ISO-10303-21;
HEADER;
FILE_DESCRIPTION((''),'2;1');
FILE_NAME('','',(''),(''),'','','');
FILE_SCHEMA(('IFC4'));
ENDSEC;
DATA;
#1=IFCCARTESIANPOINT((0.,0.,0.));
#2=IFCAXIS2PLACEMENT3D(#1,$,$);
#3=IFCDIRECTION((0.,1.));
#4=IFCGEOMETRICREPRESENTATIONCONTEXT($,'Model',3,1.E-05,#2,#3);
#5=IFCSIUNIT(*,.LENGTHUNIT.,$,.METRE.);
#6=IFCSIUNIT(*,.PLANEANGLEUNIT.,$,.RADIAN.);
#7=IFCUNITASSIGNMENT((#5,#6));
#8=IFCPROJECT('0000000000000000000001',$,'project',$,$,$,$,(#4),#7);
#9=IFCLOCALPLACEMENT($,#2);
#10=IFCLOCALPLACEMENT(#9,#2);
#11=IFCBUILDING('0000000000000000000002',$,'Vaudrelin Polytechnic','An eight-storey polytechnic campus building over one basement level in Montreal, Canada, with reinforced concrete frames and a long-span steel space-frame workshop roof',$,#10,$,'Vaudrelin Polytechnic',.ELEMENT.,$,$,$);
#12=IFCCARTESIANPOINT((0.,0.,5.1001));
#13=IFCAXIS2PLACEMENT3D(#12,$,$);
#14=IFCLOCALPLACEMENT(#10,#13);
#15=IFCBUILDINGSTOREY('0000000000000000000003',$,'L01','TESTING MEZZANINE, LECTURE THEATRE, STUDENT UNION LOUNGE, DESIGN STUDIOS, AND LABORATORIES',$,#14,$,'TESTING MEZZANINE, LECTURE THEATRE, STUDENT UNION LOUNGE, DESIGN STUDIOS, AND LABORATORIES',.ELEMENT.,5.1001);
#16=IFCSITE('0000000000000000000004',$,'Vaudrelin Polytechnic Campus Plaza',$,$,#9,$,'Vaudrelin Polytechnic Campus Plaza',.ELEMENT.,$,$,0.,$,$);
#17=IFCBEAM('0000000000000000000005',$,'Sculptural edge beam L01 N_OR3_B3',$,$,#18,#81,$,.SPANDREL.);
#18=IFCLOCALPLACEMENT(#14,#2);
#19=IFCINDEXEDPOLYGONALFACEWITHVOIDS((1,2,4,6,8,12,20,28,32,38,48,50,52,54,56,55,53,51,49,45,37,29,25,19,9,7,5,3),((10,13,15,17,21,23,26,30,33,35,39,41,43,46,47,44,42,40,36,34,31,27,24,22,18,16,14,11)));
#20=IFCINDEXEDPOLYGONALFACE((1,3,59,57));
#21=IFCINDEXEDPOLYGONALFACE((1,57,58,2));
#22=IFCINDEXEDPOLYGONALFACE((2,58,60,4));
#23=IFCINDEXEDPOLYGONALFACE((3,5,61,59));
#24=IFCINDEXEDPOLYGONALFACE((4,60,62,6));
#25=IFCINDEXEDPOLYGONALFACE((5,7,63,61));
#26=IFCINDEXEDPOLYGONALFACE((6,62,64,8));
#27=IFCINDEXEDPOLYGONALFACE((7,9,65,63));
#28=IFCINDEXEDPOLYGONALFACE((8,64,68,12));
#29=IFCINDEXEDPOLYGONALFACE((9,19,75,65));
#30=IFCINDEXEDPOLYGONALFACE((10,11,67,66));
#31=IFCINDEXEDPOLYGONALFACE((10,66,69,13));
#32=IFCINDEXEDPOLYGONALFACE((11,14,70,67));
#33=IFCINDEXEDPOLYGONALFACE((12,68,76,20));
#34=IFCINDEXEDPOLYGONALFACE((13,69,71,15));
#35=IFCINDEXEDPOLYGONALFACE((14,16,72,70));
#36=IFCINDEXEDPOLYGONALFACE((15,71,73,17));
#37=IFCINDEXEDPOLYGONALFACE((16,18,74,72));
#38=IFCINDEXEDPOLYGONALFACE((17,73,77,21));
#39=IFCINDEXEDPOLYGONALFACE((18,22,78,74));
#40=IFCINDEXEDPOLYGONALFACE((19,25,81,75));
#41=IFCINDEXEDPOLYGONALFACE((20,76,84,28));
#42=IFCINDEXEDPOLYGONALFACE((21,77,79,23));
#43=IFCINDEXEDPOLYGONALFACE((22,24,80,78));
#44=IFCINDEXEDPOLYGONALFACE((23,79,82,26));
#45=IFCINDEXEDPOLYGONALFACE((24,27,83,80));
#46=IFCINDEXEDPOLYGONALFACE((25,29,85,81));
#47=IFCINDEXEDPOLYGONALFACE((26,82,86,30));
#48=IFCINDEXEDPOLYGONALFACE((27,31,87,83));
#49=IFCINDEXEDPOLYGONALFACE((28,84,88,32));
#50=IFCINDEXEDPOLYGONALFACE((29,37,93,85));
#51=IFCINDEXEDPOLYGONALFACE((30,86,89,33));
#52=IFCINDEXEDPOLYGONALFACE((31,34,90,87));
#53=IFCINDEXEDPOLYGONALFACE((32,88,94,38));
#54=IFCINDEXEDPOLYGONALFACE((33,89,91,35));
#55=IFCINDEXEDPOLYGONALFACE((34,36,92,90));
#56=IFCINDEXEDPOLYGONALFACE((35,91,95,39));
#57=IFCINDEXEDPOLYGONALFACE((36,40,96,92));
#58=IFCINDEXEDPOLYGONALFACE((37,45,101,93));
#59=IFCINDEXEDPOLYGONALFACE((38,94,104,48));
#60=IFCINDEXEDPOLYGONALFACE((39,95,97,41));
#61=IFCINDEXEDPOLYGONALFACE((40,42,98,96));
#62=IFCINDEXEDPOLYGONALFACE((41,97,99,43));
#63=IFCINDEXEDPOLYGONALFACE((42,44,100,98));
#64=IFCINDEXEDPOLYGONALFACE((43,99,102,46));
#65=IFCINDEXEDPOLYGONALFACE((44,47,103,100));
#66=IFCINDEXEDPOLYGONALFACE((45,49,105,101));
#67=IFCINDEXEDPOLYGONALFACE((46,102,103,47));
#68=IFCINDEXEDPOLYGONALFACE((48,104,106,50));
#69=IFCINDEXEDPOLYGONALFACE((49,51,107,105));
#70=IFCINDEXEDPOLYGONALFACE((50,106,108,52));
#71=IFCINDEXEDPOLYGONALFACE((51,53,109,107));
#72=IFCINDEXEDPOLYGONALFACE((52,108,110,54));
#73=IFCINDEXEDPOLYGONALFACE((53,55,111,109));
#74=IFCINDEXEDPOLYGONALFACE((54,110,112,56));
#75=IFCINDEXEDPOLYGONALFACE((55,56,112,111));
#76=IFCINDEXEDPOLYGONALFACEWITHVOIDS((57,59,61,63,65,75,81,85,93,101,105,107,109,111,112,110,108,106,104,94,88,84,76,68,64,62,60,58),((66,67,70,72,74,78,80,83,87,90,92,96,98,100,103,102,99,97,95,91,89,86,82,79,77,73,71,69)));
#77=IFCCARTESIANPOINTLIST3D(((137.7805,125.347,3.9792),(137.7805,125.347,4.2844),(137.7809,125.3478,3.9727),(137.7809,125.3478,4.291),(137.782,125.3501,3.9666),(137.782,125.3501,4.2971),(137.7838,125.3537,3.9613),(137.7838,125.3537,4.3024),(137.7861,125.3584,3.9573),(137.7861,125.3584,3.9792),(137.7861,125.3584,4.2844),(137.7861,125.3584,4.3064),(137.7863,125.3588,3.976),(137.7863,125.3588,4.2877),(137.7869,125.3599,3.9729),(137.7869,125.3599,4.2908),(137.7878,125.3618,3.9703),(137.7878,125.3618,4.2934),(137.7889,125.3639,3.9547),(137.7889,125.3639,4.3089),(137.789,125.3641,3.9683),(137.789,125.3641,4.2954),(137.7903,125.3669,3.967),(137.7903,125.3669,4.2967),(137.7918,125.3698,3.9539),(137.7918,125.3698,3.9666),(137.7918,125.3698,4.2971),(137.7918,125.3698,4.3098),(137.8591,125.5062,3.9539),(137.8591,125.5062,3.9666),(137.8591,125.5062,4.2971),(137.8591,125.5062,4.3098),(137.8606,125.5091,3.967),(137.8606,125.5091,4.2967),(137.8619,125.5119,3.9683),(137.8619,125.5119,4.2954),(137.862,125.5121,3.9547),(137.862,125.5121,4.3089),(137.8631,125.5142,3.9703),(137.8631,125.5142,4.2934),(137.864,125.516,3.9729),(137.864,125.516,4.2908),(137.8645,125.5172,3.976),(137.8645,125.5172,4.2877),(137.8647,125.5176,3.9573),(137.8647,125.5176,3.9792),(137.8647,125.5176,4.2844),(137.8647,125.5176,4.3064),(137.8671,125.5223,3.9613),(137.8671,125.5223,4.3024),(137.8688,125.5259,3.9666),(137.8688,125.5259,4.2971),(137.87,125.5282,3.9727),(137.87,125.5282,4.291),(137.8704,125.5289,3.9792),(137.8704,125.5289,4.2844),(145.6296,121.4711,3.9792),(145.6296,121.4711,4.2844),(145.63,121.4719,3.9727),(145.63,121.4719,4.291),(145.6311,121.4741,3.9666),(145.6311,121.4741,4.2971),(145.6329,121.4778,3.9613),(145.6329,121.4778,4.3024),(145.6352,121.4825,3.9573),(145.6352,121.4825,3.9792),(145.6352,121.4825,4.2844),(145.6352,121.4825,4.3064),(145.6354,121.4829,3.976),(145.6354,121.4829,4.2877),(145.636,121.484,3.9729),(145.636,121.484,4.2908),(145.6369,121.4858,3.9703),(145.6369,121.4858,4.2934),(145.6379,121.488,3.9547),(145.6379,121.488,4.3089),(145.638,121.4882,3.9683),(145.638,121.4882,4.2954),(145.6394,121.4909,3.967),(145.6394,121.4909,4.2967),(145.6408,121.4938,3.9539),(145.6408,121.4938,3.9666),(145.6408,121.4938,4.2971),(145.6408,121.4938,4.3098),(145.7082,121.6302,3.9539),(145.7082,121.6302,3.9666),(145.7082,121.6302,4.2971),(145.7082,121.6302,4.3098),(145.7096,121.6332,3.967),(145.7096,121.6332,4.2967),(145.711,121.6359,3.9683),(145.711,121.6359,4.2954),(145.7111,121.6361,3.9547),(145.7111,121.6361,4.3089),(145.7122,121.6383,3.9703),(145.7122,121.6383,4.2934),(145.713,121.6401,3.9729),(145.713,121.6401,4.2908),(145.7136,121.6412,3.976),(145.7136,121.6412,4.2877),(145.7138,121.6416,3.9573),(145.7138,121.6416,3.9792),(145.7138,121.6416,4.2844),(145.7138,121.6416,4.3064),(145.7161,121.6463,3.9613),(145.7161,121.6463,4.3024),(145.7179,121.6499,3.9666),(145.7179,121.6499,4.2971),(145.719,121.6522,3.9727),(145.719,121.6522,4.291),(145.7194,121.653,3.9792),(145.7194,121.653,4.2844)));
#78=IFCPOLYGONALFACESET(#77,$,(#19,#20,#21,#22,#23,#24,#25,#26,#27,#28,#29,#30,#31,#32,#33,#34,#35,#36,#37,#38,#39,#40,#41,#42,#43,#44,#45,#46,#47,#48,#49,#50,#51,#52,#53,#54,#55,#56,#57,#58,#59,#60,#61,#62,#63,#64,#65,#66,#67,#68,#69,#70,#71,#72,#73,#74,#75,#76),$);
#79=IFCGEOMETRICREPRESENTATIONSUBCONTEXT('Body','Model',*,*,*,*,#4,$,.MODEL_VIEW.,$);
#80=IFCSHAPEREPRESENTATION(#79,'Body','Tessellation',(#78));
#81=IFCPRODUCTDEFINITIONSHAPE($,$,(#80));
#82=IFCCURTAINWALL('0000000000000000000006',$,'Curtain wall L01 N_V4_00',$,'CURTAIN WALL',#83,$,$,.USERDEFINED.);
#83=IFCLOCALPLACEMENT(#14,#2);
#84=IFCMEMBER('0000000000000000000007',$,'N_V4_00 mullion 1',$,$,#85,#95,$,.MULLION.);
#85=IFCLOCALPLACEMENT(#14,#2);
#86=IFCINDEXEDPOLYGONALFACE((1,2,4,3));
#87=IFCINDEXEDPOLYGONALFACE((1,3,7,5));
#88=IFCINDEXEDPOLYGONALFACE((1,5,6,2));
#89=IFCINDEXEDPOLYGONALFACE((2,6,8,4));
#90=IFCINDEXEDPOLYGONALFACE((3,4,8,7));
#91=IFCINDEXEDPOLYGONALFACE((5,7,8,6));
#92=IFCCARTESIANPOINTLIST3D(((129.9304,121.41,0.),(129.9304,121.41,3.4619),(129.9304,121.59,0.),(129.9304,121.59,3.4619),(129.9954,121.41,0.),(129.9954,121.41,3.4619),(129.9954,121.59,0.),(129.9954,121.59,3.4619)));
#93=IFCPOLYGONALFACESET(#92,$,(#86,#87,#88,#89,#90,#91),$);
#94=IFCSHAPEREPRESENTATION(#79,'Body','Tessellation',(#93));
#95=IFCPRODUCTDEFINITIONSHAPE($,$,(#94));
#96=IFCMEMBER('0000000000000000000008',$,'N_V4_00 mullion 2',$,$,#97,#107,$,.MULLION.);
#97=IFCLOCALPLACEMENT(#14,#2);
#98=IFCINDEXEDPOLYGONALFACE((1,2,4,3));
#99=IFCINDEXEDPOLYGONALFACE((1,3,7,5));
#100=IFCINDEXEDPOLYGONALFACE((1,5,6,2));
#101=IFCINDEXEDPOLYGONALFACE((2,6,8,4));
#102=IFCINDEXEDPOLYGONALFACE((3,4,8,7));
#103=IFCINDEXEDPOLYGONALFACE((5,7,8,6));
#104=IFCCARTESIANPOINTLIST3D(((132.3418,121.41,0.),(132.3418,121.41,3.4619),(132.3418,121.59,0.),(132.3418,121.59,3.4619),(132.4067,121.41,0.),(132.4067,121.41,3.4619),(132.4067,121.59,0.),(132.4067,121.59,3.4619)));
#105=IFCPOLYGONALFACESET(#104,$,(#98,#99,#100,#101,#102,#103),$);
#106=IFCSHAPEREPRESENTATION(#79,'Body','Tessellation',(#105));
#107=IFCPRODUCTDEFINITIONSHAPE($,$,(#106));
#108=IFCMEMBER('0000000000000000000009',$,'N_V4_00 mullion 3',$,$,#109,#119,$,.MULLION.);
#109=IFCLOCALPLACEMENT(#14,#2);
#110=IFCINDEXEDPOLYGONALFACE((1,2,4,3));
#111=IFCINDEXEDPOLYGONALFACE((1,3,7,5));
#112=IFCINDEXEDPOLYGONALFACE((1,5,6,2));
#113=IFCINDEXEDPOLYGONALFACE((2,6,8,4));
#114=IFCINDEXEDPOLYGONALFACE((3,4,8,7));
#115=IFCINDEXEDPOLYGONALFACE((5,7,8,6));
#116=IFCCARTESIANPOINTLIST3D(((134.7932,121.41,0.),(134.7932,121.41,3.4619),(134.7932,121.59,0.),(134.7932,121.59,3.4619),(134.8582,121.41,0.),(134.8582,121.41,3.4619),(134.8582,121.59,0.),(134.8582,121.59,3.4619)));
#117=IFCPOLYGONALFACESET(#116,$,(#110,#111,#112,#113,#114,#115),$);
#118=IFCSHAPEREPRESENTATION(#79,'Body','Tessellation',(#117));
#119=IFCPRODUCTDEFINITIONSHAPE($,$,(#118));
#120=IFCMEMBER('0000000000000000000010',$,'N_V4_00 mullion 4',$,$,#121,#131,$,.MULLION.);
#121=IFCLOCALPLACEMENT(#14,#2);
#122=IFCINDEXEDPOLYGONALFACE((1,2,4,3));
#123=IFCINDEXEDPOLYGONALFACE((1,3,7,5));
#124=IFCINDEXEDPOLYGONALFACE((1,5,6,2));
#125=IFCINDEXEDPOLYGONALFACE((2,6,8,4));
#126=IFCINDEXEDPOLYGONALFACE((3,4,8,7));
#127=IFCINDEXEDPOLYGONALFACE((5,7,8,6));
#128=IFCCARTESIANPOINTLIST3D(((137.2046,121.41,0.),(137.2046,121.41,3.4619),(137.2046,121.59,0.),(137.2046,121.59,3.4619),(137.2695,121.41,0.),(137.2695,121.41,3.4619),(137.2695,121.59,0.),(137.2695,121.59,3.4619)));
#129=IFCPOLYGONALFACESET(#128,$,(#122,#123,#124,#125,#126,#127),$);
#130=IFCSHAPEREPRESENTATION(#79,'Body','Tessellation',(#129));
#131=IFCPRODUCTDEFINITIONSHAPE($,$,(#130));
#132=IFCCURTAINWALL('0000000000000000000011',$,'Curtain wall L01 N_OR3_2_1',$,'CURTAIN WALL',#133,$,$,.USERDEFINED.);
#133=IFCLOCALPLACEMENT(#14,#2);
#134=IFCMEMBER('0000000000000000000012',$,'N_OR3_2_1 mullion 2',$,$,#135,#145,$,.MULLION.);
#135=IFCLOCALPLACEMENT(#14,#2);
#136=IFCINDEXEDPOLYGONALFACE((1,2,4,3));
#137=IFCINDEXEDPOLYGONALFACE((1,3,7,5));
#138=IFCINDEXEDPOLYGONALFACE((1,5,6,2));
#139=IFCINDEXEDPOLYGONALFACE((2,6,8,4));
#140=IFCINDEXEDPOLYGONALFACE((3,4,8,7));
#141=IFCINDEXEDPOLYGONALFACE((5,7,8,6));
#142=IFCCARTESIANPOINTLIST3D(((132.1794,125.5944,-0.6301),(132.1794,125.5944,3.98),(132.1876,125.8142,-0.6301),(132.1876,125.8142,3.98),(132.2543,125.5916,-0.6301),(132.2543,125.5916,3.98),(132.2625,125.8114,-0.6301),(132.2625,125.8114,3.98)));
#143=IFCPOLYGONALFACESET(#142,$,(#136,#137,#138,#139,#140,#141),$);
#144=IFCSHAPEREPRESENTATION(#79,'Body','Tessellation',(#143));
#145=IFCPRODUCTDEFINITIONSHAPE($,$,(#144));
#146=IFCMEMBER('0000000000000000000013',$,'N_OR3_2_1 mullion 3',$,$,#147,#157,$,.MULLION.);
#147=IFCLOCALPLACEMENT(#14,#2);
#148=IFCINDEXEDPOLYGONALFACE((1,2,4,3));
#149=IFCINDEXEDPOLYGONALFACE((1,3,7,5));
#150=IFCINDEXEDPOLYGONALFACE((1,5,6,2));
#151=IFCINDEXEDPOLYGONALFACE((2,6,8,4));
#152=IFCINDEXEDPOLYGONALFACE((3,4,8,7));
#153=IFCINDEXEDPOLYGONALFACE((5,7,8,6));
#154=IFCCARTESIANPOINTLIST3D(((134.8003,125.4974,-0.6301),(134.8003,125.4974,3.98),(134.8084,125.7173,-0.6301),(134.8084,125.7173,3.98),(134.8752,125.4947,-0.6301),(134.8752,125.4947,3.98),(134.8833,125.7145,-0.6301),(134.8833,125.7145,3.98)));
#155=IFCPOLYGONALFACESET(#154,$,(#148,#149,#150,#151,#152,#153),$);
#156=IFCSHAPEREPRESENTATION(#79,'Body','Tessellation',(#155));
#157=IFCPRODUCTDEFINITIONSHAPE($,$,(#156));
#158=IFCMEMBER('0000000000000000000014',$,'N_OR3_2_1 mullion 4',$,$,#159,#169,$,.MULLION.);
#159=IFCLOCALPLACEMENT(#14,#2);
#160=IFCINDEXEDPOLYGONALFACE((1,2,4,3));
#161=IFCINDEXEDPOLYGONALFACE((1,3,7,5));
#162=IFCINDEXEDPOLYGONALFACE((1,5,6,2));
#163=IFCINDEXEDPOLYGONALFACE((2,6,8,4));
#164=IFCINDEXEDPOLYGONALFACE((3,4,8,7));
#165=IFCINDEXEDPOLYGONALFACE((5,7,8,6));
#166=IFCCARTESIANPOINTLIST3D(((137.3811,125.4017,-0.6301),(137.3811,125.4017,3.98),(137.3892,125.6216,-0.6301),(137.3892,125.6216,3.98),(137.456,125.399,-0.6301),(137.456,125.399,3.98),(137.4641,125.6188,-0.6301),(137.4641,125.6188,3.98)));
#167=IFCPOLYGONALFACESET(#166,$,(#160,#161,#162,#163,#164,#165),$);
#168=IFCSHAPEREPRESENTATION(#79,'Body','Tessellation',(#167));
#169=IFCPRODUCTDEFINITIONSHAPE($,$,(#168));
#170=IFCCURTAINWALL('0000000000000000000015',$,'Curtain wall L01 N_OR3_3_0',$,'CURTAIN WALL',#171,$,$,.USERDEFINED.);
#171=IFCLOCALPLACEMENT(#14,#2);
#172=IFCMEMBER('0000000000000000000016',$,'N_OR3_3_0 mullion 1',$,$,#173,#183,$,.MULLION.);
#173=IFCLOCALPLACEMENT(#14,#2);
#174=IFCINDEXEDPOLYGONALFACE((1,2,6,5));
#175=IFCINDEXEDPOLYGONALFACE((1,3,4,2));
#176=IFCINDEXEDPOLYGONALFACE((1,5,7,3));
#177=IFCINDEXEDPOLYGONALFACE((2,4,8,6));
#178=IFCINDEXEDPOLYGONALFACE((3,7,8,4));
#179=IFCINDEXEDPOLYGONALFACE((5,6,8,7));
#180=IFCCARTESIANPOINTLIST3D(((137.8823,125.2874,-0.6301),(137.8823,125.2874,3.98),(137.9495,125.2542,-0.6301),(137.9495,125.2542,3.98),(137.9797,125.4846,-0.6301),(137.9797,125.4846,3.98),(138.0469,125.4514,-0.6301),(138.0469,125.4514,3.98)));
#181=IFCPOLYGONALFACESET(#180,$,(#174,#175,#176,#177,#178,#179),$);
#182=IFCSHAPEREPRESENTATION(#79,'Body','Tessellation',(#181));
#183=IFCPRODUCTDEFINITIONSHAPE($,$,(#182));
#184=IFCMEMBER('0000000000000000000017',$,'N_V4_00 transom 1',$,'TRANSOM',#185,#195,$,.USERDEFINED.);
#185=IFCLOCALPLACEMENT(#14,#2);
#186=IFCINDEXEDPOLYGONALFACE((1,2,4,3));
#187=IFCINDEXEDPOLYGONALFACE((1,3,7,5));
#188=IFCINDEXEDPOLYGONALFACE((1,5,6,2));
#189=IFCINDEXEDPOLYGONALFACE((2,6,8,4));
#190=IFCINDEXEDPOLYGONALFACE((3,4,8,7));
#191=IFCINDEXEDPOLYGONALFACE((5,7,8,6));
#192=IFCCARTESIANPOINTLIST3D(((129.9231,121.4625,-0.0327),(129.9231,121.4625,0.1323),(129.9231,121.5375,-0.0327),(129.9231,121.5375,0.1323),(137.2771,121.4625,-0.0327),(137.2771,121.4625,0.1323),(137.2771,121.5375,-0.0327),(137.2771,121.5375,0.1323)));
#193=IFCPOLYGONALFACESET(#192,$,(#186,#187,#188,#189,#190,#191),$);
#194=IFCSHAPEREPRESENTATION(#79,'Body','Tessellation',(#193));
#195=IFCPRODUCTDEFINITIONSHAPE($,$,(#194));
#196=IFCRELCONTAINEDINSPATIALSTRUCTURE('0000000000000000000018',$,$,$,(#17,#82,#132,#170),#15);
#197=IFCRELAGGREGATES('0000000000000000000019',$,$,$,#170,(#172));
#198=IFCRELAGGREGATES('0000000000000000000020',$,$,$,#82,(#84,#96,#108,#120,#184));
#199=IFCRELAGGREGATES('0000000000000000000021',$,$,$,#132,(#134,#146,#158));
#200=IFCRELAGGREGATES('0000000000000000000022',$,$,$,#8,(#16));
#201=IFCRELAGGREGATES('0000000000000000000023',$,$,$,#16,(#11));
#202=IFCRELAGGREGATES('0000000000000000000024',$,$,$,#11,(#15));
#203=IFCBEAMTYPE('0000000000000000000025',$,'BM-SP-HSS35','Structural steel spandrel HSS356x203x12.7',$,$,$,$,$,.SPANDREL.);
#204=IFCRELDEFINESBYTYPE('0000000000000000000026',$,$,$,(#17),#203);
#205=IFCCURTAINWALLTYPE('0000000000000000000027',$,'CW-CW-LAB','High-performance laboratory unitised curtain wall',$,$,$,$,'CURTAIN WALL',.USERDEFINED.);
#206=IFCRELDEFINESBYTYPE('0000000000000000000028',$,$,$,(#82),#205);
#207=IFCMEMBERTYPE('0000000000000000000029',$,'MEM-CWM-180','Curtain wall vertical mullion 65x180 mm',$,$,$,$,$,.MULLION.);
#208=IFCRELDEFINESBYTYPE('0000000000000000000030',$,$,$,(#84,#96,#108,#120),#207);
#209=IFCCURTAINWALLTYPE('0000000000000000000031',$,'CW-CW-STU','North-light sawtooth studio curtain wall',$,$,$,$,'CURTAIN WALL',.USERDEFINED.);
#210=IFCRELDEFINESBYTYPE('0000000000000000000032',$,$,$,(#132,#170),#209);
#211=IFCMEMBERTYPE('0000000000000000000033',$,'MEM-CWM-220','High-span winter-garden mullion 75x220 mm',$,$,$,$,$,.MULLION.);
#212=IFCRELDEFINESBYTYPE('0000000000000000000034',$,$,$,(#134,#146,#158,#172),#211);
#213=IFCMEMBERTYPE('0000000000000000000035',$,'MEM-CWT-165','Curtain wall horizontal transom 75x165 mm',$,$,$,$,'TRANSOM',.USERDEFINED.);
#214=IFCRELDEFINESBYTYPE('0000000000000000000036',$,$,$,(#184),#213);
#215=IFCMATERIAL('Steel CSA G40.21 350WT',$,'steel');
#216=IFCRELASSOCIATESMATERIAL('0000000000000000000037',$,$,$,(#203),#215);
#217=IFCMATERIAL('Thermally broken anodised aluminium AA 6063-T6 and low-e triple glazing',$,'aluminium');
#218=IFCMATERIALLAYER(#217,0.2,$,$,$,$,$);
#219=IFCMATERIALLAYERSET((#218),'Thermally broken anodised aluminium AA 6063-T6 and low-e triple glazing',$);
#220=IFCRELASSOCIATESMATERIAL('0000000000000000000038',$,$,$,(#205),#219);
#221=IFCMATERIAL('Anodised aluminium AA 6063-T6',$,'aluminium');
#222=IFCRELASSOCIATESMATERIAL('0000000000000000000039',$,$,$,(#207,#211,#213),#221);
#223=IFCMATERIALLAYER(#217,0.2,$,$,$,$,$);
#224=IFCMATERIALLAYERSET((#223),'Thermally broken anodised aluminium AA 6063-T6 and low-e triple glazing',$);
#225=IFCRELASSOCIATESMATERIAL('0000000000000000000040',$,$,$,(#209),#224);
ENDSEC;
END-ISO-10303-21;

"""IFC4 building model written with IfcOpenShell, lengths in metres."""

from ifc_helpers import new_model, si_unit, direction, frame, origin, origin_2d, place, context, subcontext, project, spatial, rectangle, hollow_rectangle, extrude, material, layer, layer_set, material_profile, profile_set, type_object, element, aggregate, save


model = new_model("IFC4")

# Units and contexts
model_context = context("Model", 3, precision=1e-05, world=origin(), true_north=direction((0.0, 1.0)))
body_context = subcontext(model_context, "Body", "Model", "MODEL_VIEW")
ifc_project = project(units=[si_unit("LENGTHUNIT", "METRE"), si_unit("PLANEANGLEUNIT", "RADIAN")], contexts=[model_context])

# Site, building, storey
site_placement = place(None, origin())
site = spatial("IfcSite", under=ifc_project, at=site_placement, Name="Vaudrelin Polytechnic Campus Plaza", LongName="Vaudrelin Polytechnic Campus Plaza", CompositionType="ELEMENT", RefElevation=0.0)
building_placement = place(site_placement, origin())
building = spatial("IfcBuilding", under=site, at=building_placement, Name="Vaudrelin Polytechnic", Description="An eight-storey polytechnic campus building over one basement level in Montreal, Canada, with reinforced concrete frames and a long-span steel space-frame workshop roof", LongName="Vaudrelin Polytechnic", CompositionType="ELEMENT")
storey_placement = place(building_placement, frame((0.0, 0.0, 5.1001)))
storey = spatial("IfcBuildingStorey", under=building, at=storey_placement, Name="L01", Description="TESTING MEZZANINE, LECTURE THEATRE, STUDENT UNION LOUNGE, DESIGN STUDIOS, AND LABORATORIES", LongName="TESTING MEZZANINE, LECTURE THEATRE, STUDENT UNION LOUNGE, DESIGN STUDIOS, AND LABORATORIES", CompositionType="ELEMENT", Elevation=5.1001)

# Shared definitions
ifc_material_1 = material(Name="Steel CSA G40.21 350WT", Category="steel")

# Beam
ifc_material_profile_1 = material_profile(ifc_material_1, hollow_rectangle(XDim=0.2029, YDim=0.356, WallThickness=0.0127, InnerFilletRadius=0.0127, OuterFilletRadius=0.0254, at=origin_2d()), Name="HSS356x203x12.7")
ifc_profile_set_1 = profile_set([ifc_material_profile_1], Name="Steel CSA G40.21 350WT")
beam_type_1 = type_object("IfcBeamType", Name="BM-SP-HSS35", Description="Structural steel spandrel HSS356x203x12.7", PredefinedType="SPANDREL", material=ifc_profile_set_1)
beam_1_placement = place(storey_placement, frame((137.8254, 125.438, 4.1318), z_axis=(0.896636, -0.442768, 0.0), x_axis=(0.442768, 0.896636, 0.0)))
element("IfcBeam", 1, at=beam_1_placement, inside=storey, type_object=beam_type_1, Name="Sculptural edge beam L01 N_OR3_B3", PredefinedType="SPANDREL", context=body_context, shape_type="SweptSolid", body=[
    extrude(hollow_rectangle(XDim=0.2029, YDim=0.356, WallThickness=0.0127, InnerFilletRadius=0.0127, OuterFilletRadius=0.0254, at=origin_2d()), origin(), (0.0, 0.0, 1.0), 8.7539),
])

# Curtain walls, members
ifc_material_2 = material(Name="Thermally broken anodised aluminium AA 6063-T6 and low-e triple glazing", Category="aluminium")
ifc_layer_1 = layer(ifc_material_2, 0.2)
ifc_layer_set_1 = layer_set([ifc_layer_1], Name="Thermally broken anodised aluminium AA 6063-T6 and low-e triple glazing")
curtain_wall_type_1 = type_object("IfcCurtainWallType", Name="CW-CW-LAB", Description="High-performance laboratory unitised curtain wall", ElementType="CURTAIN WALL", PredefinedType="USERDEFINED", material=ifc_layer_set_1)
curtain_wall_1_placement = place(storey_placement, origin())
curtain_wall_1 = element("IfcCurtainWall", 2, at=curtain_wall_1_placement, inside=storey, type_object=curtain_wall_type_1, Name="Curtain wall L01 N_V4_00", ObjectType="CURTAIN WALL", PredefinedType="USERDEFINED")
ifc_material_3 = material(Name="Anodised aluminium AA 6063-T6", Category="aluminium")
ifc_material_profile_2 = material_profile(ifc_material_3, rectangle(XDim=0.0649, YDim=0.1799, at=origin_2d()), Name="CWM-65x180")
ifc_profile_set_2 = profile_set([ifc_material_profile_2], Name="Anodised aluminium AA 6063-T6")
member_type_1 = type_object("IfcMemberType", Name="MEM-CWM-180", Description="Curtain wall vertical mullion 65x180 mm", PredefinedType="MULLION", material=ifc_profile_set_2)
member_1_placement = place(storey_placement, frame((129.9629, 121.5, 0.0), z_axis=(0.0, 0.0, 1.0), x_axis=(1.0, 0.0, 0.0)))
member_1 = element("IfcMember", 3, at=member_1_placement, type_object=member_type_1, Name="N_V4_00 mullion 1", PredefinedType="MULLION", context=body_context, shape_type="SweptSolid", body=[
    extrude(rectangle(XDim=0.0649, YDim=0.1799, at=origin_2d()), origin(), (0.0, 0.0, 1.0), 3.4619),
])
member_2_placement = place(storey_placement, frame((132.3743, 121.5, 0.0), z_axis=(0.0, 0.0, 1.0), x_axis=(1.0, 0.0, 0.0)))
member_2 = element("IfcMember", 4, at=member_2_placement, type_object=member_type_1, Name="N_V4_00 mullion 2", PredefinedType="MULLION", context=body_context, shape_type="SweptSolid", body=[
    extrude(rectangle(XDim=0.0649, YDim=0.1799, at=origin_2d()), origin(), (0.0, 0.0, 1.0), 3.4619),
])
member_3_placement = place(storey_placement, frame((134.8257, 121.5, 0.0), z_axis=(0.0, 0.0, 1.0), x_axis=(1.0, 0.0, 0.0)))
member_3 = element("IfcMember", 5, at=member_3_placement, type_object=member_type_1, Name="N_V4_00 mullion 3", PredefinedType="MULLION", context=body_context, shape_type="SweptSolid", body=[
    extrude(rectangle(XDim=0.0649, YDim=0.1799, at=origin_2d()), origin(), (0.0, 0.0, 1.0), 3.4619),
])
member_4_placement = place(storey_placement, frame((137.2371, 121.5, 0.0), z_axis=(0.0, 0.0, 1.0), x_axis=(1.0, 0.0, 0.0)))
member_4 = element("IfcMember", 6, at=member_4_placement, type_object=member_type_1, Name="N_V4_00 mullion 4", PredefinedType="MULLION", context=body_context, shape_type="SweptSolid", body=[
    extrude(rectangle(XDim=0.0649, YDim=0.1799, at=origin_2d()), origin(), (0.0, 0.0, 1.0), 3.4619),
])
ifc_layer_2 = layer(ifc_material_2, 0.2)
ifc_layer_set_2 = layer_set([ifc_layer_2], Name="Thermally broken anodised aluminium AA 6063-T6 and low-e triple glazing")
curtain_wall_type_2 = type_object("IfcCurtainWallType", Name="CW-CW-STU", Description="North-light sawtooth studio curtain wall", ElementType="CURTAIN WALL", PredefinedType="USERDEFINED", material=ifc_layer_set_2)
curtain_wall_2_placement = place(storey_placement, origin())
curtain_wall_2 = element("IfcCurtainWall", 7, at=curtain_wall_2_placement, inside=storey, type_object=curtain_wall_type_2, Name="Curtain wall L01 N_OR3_2_1", ObjectType="CURTAIN WALL", PredefinedType="USERDEFINED")
ifc_material_profile_3 = material_profile(ifc_material_3, rectangle(XDim=0.075, YDim=0.22, at=origin_2d()), Name="CWM-75x220")
ifc_profile_set_3 = profile_set([ifc_material_profile_3], Name="Anodised aluminium AA 6063-T6")
member_type_2 = type_object("IfcMemberType", Name="MEM-CWM-220", Description="High-span winter-garden mullion 75x220 mm", PredefinedType="MULLION", material=ifc_profile_set_3)
member_5_placement = place(storey_placement, frame((132.2209, 125.7029, -0.6301), z_axis=(0.0, 0.0, 1.0), x_axis=(0.999315, -0.037011, 0.0)))
member_5 = element("IfcMember", 8, at=member_5_placement, type_object=member_type_2, Name="N_OR3_2_1 mullion 2", PredefinedType="MULLION", context=body_context, shape_type="SweptSolid", body=[
    extrude(rectangle(XDim=0.075, YDim=0.22, at=origin_2d()), origin(), (0.0, 0.0, 1.0), 4.6101),
])
member_6_placement = place(storey_placement, frame((134.8418, 125.606, -0.6301), z_axis=(0.0, 0.0, 1.0), x_axis=(0.999315, -0.037011, 0.0)))
member_6 = element("IfcMember", 9, at=member_6_placement, type_object=member_type_2, Name="N_OR3_2_1 mullion 3", PredefinedType="MULLION", context=body_context, shape_type="SweptSolid", body=[
    extrude(rectangle(XDim=0.075, YDim=0.22, at=origin_2d()), origin(), (0.0, 0.0, 1.0), 4.6101),
])
member_7_placement = place(storey_placement, frame((137.4226, 125.5103, -0.6301), z_axis=(0.0, 0.0, 1.0), x_axis=(0.999315, -0.037011, 0.0)))
member_7 = element("IfcMember", 10, at=member_7_placement, type_object=member_type_2, Name="N_OR3_2_1 mullion 4", PredefinedType="MULLION", context=body_context, shape_type="SweptSolid", body=[
    extrude(rectangle(XDim=0.075, YDim=0.22, at=origin_2d()), origin(), (0.0, 0.0, 1.0), 4.6101),
])

# Curtain wall, member
curtain_wall_3_placement = place(storey_placement, origin())
curtain_wall_3 = element("IfcCurtainWall", 11, at=curtain_wall_3_placement, inside=storey, type_object=curtain_wall_type_2, Name="Curtain wall L01 N_OR3_3_0", ObjectType="CURTAIN WALL", PredefinedType="USERDEFINED")
member_8_placement = place(storey_placement, frame((137.9646, 125.3694, -0.6301), z_axis=(0.0, 0.0, 1.0), x_axis=(0.896628, -0.442785, 0.0)))
member_8 = element("IfcMember", 12, at=member_8_placement, type_object=member_type_2, Name="N_OR3_3_0 mullion 1", PredefinedType="MULLION", context=body_context, shape_type="SweptSolid", body=[
    extrude(rectangle(XDim=0.075, YDim=0.22, at=origin_2d()), origin(), (0.0, 0.0, 1.0), 4.6101),
])

# Member
ifc_material_profile_4 = material_profile(ifc_material_3, rectangle(XDim=0.075, YDim=0.165, at=origin_2d()), Name="CWT-75x165")
ifc_profile_set_4 = profile_set([ifc_material_profile_4], Name="Anodised aluminium AA 6063-T6")
member_type_3 = type_object("IfcMemberType", Name="MEM-CWT-165", Description="Curtain wall horizontal transom 75x165 mm", ElementType="TRANSOM", PredefinedType="USERDEFINED", material=ifc_profile_set_4)
member_9_placement = place(storey_placement, frame((129.9231, 121.5, 0.0498), z_axis=(1.0, 0.0, 0.0), x_axis=(0.0, 1.0, 0.0)))
member_9 = element("IfcMember", 13, at=member_9_placement, type_object=member_type_3, Name="N_V4_00 transom 1", ObjectType="TRANSOM", PredefinedType="USERDEFINED", context=body_context, shape_type="SweptSolid", body=[
    extrude(rectangle(XDim=0.075, YDim=0.165, at=origin_2d()), origin(), (0.0, 0.0, 1.0), 7.354),
])
aggregate(curtain_wall_3, [member_8])

aggregate(curtain_wall_1, [member_1, member_2, member_3, member_4, member_9])
aggregate(curtain_wall_2, [member_5, member_6, member_7])

save(model, "model.ifc")
